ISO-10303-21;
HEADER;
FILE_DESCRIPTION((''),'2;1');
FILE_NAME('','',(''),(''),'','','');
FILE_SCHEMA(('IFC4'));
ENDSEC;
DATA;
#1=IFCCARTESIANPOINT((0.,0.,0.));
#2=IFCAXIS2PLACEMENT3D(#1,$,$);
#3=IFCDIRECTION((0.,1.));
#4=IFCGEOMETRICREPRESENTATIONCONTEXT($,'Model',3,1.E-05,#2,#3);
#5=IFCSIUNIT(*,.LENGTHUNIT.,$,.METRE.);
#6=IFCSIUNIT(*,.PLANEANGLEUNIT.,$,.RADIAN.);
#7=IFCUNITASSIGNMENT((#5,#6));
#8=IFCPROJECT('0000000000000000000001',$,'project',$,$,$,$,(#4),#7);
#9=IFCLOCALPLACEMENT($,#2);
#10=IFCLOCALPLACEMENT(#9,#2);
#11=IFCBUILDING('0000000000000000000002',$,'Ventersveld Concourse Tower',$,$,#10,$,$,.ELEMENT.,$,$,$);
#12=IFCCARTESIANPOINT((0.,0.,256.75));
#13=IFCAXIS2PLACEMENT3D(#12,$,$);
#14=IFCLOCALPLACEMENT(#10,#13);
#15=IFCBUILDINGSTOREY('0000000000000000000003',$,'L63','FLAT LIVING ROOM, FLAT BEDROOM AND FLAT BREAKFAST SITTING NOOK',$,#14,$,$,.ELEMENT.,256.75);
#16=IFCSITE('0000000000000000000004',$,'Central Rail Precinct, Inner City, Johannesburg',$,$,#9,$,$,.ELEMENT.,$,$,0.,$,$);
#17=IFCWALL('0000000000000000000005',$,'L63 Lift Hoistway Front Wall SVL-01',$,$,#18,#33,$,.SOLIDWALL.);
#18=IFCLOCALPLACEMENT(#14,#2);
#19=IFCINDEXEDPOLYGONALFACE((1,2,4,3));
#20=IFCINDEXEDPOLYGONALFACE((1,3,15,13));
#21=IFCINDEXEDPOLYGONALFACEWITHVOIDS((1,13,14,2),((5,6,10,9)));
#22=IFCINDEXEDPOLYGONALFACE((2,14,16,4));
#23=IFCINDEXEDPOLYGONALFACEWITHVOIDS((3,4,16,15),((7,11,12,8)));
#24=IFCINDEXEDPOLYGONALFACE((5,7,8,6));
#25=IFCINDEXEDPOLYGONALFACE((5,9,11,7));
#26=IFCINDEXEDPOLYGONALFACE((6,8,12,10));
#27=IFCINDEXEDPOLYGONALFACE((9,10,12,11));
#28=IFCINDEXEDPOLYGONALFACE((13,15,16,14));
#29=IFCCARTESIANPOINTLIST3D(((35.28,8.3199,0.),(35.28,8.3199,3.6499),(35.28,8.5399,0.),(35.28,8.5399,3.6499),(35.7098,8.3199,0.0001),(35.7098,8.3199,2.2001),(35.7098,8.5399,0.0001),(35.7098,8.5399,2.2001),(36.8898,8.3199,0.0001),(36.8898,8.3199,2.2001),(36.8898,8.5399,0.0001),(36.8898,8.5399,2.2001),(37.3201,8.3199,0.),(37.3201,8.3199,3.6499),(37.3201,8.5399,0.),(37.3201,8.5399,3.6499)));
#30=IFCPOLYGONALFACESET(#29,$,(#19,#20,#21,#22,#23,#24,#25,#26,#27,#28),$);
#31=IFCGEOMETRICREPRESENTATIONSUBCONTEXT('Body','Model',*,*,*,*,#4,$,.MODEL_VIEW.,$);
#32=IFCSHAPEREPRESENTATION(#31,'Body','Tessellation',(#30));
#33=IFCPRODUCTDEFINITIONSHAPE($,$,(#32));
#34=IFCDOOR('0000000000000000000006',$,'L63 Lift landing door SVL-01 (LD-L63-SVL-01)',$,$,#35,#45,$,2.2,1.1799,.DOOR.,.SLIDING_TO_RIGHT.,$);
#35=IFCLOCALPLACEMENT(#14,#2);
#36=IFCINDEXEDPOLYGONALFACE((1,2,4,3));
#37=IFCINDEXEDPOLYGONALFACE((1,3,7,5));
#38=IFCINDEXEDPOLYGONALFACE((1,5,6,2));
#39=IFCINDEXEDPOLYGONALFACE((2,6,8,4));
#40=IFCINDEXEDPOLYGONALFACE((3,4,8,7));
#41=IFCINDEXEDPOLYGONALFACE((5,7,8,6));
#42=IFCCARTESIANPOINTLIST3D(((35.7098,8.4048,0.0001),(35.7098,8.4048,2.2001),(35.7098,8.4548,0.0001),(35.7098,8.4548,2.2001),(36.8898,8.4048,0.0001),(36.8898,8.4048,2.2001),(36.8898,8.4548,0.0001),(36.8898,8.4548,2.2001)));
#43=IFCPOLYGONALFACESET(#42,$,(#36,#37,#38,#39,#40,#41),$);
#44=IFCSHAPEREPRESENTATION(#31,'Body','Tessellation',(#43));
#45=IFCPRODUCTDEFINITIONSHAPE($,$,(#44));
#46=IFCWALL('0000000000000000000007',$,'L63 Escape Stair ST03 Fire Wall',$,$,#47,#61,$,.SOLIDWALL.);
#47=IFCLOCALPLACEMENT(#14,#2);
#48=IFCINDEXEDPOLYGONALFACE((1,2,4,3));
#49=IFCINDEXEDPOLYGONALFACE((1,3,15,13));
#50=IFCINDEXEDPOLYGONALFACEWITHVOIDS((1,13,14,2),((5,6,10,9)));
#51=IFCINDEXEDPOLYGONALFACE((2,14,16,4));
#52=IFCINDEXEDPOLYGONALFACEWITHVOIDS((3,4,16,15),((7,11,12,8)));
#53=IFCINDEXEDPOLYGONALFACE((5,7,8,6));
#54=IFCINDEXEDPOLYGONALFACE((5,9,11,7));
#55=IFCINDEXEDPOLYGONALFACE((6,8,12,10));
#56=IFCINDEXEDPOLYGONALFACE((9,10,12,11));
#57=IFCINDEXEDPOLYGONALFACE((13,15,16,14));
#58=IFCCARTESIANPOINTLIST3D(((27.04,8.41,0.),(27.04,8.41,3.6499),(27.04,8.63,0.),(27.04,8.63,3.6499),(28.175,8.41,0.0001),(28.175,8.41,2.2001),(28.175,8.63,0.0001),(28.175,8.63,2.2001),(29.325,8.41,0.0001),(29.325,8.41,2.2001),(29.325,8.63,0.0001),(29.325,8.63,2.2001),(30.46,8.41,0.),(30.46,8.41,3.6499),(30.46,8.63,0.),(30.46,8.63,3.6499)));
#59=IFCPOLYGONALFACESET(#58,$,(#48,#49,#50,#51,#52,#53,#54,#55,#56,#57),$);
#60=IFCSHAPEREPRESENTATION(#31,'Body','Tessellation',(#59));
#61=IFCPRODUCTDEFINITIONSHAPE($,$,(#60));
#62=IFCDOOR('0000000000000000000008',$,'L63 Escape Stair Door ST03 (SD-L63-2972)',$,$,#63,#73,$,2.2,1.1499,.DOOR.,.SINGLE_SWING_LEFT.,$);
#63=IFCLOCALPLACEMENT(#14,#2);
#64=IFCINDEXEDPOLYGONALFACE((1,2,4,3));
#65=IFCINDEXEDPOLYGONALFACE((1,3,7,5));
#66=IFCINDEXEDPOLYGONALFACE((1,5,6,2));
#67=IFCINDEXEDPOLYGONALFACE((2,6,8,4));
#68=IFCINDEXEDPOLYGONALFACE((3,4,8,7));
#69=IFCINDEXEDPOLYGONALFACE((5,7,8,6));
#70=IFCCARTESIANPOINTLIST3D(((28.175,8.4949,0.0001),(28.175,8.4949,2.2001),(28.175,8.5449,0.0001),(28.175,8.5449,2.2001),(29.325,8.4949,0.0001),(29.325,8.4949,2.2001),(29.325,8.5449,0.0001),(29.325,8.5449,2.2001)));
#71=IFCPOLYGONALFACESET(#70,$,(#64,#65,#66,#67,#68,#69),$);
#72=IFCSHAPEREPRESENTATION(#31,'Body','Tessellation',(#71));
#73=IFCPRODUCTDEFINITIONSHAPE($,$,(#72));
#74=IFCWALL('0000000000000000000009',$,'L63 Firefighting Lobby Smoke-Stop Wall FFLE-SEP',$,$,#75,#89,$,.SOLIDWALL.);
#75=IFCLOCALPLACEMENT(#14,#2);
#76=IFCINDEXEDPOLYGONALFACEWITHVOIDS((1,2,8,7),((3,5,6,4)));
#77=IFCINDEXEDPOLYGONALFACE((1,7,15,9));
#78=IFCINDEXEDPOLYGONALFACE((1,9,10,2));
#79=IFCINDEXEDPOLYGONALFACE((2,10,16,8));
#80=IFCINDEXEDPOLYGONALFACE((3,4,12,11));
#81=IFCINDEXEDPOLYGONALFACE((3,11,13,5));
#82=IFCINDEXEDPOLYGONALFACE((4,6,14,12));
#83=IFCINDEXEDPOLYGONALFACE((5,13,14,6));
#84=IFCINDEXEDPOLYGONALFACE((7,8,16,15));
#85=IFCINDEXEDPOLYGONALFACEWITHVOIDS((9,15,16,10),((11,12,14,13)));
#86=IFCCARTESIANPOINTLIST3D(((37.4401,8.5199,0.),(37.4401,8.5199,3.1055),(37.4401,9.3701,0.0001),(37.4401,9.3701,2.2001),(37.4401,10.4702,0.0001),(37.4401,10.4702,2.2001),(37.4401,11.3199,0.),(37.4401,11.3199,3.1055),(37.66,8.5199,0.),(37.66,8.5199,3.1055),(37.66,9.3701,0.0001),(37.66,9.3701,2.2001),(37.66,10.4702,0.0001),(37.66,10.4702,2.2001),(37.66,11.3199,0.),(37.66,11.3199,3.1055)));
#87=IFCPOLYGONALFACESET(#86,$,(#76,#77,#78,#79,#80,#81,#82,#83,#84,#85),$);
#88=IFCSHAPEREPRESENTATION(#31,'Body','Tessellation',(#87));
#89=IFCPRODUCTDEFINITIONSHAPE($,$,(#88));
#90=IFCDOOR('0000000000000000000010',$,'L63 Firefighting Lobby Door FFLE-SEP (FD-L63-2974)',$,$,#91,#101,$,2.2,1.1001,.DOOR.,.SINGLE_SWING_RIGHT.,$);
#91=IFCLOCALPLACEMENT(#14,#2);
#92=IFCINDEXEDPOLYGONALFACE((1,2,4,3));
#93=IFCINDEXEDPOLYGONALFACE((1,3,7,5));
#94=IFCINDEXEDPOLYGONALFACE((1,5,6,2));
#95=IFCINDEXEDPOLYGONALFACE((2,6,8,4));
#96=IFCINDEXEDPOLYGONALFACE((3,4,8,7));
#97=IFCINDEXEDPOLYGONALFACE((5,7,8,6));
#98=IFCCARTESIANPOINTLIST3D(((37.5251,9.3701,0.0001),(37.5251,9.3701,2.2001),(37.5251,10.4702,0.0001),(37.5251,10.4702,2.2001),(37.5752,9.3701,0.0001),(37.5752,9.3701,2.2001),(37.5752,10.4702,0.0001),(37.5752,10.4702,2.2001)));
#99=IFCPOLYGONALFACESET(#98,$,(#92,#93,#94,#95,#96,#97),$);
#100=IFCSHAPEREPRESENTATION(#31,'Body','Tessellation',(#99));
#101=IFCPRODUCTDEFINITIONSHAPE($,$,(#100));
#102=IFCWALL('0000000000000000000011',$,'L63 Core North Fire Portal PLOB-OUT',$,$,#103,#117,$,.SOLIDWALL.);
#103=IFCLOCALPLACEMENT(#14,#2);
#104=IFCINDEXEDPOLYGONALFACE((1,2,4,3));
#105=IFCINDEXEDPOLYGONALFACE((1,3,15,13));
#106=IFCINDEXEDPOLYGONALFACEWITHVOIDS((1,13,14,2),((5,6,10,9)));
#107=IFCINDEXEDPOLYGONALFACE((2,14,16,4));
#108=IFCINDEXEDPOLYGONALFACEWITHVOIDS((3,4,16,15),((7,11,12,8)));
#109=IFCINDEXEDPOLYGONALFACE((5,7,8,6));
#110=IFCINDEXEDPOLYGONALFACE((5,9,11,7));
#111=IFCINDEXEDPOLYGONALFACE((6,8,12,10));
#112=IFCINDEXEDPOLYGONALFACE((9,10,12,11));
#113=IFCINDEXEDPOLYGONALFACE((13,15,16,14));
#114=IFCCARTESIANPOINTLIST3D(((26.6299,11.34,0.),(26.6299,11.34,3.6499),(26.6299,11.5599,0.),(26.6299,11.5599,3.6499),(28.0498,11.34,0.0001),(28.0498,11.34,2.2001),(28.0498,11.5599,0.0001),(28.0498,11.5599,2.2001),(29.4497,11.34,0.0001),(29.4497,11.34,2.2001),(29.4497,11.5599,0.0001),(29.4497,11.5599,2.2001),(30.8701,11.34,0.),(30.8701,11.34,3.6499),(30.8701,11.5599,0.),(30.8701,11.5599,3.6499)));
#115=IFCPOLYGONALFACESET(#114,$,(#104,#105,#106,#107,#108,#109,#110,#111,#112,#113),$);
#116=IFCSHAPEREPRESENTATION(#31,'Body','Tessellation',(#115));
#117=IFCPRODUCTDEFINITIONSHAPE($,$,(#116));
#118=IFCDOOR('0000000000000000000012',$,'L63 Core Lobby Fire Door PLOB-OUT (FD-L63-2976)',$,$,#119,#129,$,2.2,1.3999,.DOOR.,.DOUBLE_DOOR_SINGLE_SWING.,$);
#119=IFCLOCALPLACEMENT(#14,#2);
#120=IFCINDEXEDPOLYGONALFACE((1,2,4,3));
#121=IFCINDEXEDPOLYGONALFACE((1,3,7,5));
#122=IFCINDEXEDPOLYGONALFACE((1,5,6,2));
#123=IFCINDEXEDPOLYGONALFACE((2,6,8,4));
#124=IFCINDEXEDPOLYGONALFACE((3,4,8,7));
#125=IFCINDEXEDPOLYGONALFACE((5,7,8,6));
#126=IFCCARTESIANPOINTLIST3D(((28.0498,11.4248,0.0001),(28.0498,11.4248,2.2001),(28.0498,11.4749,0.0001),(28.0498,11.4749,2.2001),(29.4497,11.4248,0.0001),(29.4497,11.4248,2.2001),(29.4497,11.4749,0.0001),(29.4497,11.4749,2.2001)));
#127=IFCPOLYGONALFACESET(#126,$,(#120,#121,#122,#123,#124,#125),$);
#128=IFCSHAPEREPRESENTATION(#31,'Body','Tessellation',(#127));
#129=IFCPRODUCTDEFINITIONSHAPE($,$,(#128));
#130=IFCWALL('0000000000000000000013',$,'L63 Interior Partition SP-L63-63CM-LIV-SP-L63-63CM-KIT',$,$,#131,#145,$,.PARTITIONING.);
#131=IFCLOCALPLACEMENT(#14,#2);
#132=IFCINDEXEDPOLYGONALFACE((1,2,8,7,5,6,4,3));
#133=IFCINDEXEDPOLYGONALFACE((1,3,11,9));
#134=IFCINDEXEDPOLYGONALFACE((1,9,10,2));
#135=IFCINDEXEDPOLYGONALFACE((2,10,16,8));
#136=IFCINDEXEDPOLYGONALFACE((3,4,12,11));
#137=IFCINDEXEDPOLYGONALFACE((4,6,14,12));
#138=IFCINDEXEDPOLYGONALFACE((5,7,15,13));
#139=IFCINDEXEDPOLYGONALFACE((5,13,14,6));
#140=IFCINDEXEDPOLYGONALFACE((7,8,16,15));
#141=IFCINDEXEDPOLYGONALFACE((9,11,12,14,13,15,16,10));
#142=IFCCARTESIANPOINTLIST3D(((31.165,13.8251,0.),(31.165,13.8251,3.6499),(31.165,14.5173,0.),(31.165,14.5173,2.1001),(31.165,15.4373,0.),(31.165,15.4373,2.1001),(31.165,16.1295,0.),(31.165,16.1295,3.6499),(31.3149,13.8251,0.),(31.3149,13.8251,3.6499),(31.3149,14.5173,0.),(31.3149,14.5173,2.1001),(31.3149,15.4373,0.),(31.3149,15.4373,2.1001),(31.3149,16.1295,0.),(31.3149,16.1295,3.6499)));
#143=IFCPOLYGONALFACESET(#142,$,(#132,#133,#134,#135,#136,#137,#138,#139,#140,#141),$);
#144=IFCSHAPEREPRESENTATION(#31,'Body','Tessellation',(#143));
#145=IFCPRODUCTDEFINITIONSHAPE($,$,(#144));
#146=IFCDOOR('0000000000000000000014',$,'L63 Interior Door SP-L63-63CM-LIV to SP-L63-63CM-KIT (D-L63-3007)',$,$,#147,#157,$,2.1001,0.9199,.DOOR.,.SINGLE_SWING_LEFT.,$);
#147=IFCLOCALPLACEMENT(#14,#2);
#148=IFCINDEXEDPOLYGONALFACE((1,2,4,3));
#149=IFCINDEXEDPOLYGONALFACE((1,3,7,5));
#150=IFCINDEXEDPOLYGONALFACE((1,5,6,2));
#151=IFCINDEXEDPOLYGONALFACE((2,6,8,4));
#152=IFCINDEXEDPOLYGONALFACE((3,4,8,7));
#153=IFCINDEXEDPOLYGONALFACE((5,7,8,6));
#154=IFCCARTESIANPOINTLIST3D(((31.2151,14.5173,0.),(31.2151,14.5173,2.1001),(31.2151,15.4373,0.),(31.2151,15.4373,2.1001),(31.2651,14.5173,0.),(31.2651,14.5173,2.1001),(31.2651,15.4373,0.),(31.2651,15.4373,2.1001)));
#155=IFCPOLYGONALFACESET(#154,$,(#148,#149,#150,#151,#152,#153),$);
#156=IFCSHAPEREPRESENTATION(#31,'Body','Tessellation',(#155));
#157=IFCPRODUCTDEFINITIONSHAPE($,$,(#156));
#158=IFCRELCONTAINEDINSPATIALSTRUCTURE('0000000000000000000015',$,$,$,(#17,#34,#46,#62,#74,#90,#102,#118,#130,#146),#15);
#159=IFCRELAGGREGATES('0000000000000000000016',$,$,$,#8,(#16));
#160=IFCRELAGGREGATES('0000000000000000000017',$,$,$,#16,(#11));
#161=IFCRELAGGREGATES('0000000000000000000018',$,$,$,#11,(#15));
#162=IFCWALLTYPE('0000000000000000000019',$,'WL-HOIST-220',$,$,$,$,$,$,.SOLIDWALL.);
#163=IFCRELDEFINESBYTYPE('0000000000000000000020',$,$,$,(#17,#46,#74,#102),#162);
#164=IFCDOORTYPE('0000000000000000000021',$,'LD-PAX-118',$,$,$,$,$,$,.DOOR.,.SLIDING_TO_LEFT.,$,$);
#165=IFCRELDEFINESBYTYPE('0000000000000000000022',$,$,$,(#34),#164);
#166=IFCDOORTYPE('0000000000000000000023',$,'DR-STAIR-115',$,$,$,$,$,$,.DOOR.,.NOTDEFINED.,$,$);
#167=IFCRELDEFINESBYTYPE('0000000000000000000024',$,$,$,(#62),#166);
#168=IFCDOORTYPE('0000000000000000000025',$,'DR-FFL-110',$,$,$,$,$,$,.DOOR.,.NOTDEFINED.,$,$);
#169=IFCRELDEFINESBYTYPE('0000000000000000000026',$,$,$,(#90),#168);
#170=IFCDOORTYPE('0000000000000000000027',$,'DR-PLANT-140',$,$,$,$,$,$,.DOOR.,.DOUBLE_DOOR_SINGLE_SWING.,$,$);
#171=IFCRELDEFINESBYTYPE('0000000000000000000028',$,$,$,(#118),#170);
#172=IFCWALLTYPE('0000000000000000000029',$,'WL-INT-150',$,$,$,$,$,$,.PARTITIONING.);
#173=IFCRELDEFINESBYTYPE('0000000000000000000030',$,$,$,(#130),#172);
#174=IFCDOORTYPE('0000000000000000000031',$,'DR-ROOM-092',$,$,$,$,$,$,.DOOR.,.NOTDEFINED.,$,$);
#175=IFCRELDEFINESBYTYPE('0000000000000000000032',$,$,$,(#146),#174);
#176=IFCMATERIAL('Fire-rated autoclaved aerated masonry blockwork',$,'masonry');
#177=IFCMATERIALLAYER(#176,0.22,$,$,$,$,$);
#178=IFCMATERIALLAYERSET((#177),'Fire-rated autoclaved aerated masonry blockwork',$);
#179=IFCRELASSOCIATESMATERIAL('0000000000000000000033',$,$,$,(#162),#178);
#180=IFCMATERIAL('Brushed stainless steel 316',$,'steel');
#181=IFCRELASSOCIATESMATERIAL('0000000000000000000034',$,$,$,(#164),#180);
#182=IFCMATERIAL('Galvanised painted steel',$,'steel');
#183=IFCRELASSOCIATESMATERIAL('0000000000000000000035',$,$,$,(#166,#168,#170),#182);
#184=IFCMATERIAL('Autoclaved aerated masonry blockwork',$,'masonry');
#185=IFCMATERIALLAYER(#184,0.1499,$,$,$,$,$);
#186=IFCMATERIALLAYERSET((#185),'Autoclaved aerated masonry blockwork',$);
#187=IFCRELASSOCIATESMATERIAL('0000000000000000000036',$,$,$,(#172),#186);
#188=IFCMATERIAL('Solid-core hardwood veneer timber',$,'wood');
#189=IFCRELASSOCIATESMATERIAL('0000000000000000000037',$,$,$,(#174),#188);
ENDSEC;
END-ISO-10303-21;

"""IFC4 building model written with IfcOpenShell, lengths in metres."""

from ifc_helpers import new_model, si_unit, direction, frame, frame_2d, origin, place, context, subcontext, project, spatial, rectangle, extrude, material, layer, layer_set, type_object, element, fill, save


model = new_model("IFC4")

# Units and contexts
model_context = context("Model", 3, precision=1e-05, world=origin(), true_north=direction((0.0, 1.0)))
body_context = subcontext(model_context, "Body", "Model", "MODEL_VIEW")
ifc_project = project(units=[si_unit("LENGTHUNIT", "METRE"), si_unit("PLANEANGLEUNIT", "RADIAN")], contexts=[model_context])

# Site, building, storey
site_placement = place(None, origin())
site = spatial("IfcSite", under=ifc_project, at=site_placement, Name="Central Rail Precinct, Inner City, Johannesburg", CompositionType="ELEMENT", RefElevation=0.0)
building_placement = place(site_placement, origin())
building = spatial("IfcBuilding", under=site, at=building_placement, Name="Ventersveld Concourse Tower", CompositionType="ELEMENT")
storey_placement = place(building_placement, frame((0.0, 0.0, 256.75)))
storey = spatial("IfcBuildingStorey", under=building, at=storey_placement, Name="L63", Description="FLAT LIVING ROOM, FLAT BEDROOM AND FLAT BREAKFAST SITTING NOOK", CompositionType="ELEMENT", Elevation=256.75)

# Shared definitions
ifc_material_1 = material(Name="Fire-rated autoclaved aerated masonry blockwork", Category="masonry")

# Walls, openings, doors
ifc_layer_1 = layer(ifc_material_1, 0.22)
ifc_layer_set_1 = layer_set([ifc_layer_1], Name="Fire-rated autoclaved aerated masonry blockwork")
wall_type_1 = type_object("IfcWallType", Name="WL-HOIST-220", PredefinedType="SOLIDWALL", material=ifc_layer_set_1)
wall_1_placement = place(storey_placement, frame((35.28, 8.4299, 0.0), z_axis=(0.0, 0.0, 1.0), x_axis=(1.0, 0.0, 0.0)))
wall_1 = element("IfcWall", 1, at=wall_1_placement, inside=storey, type_object=wall_type_1, Name="L63 Lift Hoistway Front Wall SVL-01", PredefinedType="SOLIDWALL", context=body_context, shape_type="SweptSolid", body=[
    extrude(rectangle(XDim=2.04, YDim=0.22, at=frame_2d((1.02, 0.0))), origin(), (0.0, 0.0, 1.0), 3.6499),
])
opening_1_placement = place(wall_1_placement, frame((0.4299, 0.0, 0.0)))
opening_1 = element("IfcOpeningElement", 2, at=opening_1_placement, cuts=wall_1, PredefinedType="OPENING", context=body_context, shape_type="SweptSolid", body=[
    extrude(rectangle(XDim=1.1799, YDim=2.2, at=frame_2d((0.5898, 1.1001))), frame((0.0, 0.1201, 0.0), z_axis=(0.0, -1.0, 0.0), x_axis=(1.0, 0.0, 0.0)), (0.0, 0.0, 1.0), 0.24),
])
ifc_material_2 = material(Name="Brushed stainless steel 316", Category="steel")
door_type_1 = type_object("IfcDoorType", Name="LD-PAX-118", OperationType="SLIDING_TO_LEFT", PredefinedType="DOOR", material=ifc_material_2)
door_1_placement = place(opening_1_placement, origin())
door_1 = element("IfcDoor", 3, at=door_1_placement, inside=storey, type_object=door_type_1, Name="L63 Lift landing door SVL-01 (LD-L63-SVL-01)", OperationType="SLIDING_TO_RIGHT", OverallHeight=2.2, OverallWidth=1.1799, PredefinedType="DOOR", context=body_context, shape_type="SweptSolid", body=[
    extrude(rectangle(XDim=1.1799, YDim=2.2, at=frame_2d((0.5898, 1.1001))), frame((0.0, 0.0249, 0.0), z_axis=(0.0, -1.0, 0.0), x_axis=(1.0, 0.0, 0.0)), (0.0, 0.0, 1.0), 0.05),
])
fill(opening_1, door_1)
wall_2_placement = place(storey_placement, frame((27.04, 8.52, 0.0), z_axis=(0.0, 0.0, 1.0), x_axis=(1.0, 0.0, 0.0)))
wall_2 = element("IfcWall", 4, at=wall_2_placement, inside=storey, type_object=wall_type_1, Name="L63 Escape Stair ST03 Fire Wall", PredefinedType="SOLIDWALL", context=body_context, shape_type="SweptSolid", body=[
    extrude(rectangle(XDim=3.4199, YDim=0.22, at=frame_2d((1.71, 0.0))), origin(), (0.0, 0.0, 1.0), 3.6499),
])
opening_2_placement = place(wall_2_placement, frame((1.135, 0.0, 0.0)))
opening_2 = element("IfcOpeningElement", 5, at=opening_2_placement, cuts=wall_2, PredefinedType="OPENING", context=body_context, shape_type="SweptSolid", body=[
    extrude(rectangle(XDim=1.1499, YDim=2.2, at=frame_2d((0.575, 1.1001))), frame((0.0, 0.1201, 0.0), z_axis=(0.0, -1.0, 0.0), x_axis=(1.0, 0.0, 0.0)), (0.0, 0.0, 1.0), 0.24),
])
ifc_material_3 = material(Name="Galvanised painted steel", Category="steel")
door_type_2 = type_object("IfcDoorType", Name="DR-STAIR-115", OperationType="NOTDEFINED", PredefinedType="DOOR", material=ifc_material_3)
door_2_placement = place(opening_2_placement, origin())
door_2 = element("IfcDoor", 6, at=door_2_placement, inside=storey, type_object=door_type_2, Name="L63 Escape Stair Door ST03 (SD-L63-2972)", OperationType="SINGLE_SWING_LEFT", OverallHeight=2.2, OverallWidth=1.1499, PredefinedType="DOOR", context=body_context, shape_type="SweptSolid", body=[
    extrude(rectangle(XDim=1.1499, YDim=2.2, at=frame_2d((0.575, 1.1001))), frame((0.0, 0.0249, 0.0), z_axis=(0.0, -1.0, 0.0), x_axis=(1.0, 0.0, 0.0)), (0.0, 0.0, 1.0), 0.05),
])
fill(opening_2, door_2)
wall_3_placement = place(storey_placement, frame((37.55, 8.52, 0.0), z_axis=(0.0, 0.0, 1.0), x_axis=(0.0, 1.0, 0.0)))
wall_3 = element("IfcWall", 7, at=wall_3_placement, inside=storey, type_object=wall_type_1, Name="L63 Firefighting Lobby Smoke-Stop Wall FFLE-SEP", PredefinedType="SOLIDWALL", context=body_context, shape_type="SweptSolid", body=[
    extrude(rectangle(XDim=2.8, YDim=0.22, at=frame_2d((1.3999, 0.0))), origin(), (0.0, 0.0, 1.0), 3.1055),
])
opening_3_placement = place(wall_3_placement, frame((0.8501, 0.0, 0.0)))
opening_3 = element("IfcOpeningElement", 8, at=opening_3_placement, cuts=wall_3, PredefinedType="OPENING", context=body_context, shape_type="SweptSolid", body=[
    extrude(rectangle(XDim=1.1001, YDim=2.2, at=frame_2d((0.55, 1.1001))), frame((0.0, 0.1201, 0.0), z_axis=(0.0, -1.0, 0.0), x_axis=(1.0, 0.0, 0.0)), (0.0, 0.0, 1.0), 0.24),
])
door_type_3 = type_object("IfcDoorType", Name="DR-FFL-110", OperationType="NOTDEFINED", PredefinedType="DOOR", material=ifc_material_3)
door_3_placement = place(opening_3_placement, origin())
door_3 = element("IfcDoor", 9, at=door_3_placement, inside=storey, type_object=door_type_3, Name="L63 Firefighting Lobby Door FFLE-SEP (FD-L63-2974)", OperationType="SINGLE_SWING_RIGHT", OverallHeight=2.2, OverallWidth=1.1001, PredefinedType="DOOR", context=body_context, shape_type="SweptSolid", body=[
    extrude(rectangle(XDim=1.1001, YDim=2.2, at=frame_2d((0.55, 1.1001))), frame((0.0, 0.0249, 0.0), z_axis=(0.0, -1.0, 0.0), x_axis=(1.0, 0.0, 0.0)), (0.0, 0.0, 1.0), 0.05),
])
fill(opening_3, door_3)
wall_4_placement = place(storey_placement, frame((26.6299, 11.45, 0.0), z_axis=(0.0, 0.0, 1.0), x_axis=(1.0, 0.0, 0.0)))
wall_4 = element("IfcWall", 10, at=wall_4_placement, inside=storey, type_object=wall_type_1, Name="L63 Core North Fire Portal PLOB-OUT", PredefinedType="SOLIDWALL", context=body_context, shape_type="SweptSolid", body=[
    extrude(rectangle(XDim=4.2402, YDim=0.22, at=frame_2d((2.1201, 0.0))), origin(), (0.0, 0.0, 1.0), 3.6499),
])
opening_4_placement = place(wall_4_placement, frame((1.4199, 0.0, 0.0)))
opening_4 = element("IfcOpeningElement", 11, at=opening_4_placement, cuts=wall_4, PredefinedType="OPENING", context=body_context, shape_type="SweptSolid", body=[
    extrude(rectangle(XDim=1.3999, YDim=2.2, at=frame_2d((0.7, 1.1001))), frame((0.0, 0.1201, 0.0), z_axis=(0.0, -1.0, 0.0), x_axis=(1.0, 0.0, 0.0)), (0.0, 0.0, 1.0), 0.24),
])
door_type_4 = type_object("IfcDoorType", Name="DR-PLANT-140", OperationType="DOUBLE_DOOR_SINGLE_SWING", PredefinedType="DOOR", material=ifc_material_3)
door_4_placement = place(opening_4_placement, origin())
door_4 = element("IfcDoor", 12, at=door_4_placement, inside=storey, type_object=door_type_4, Name="L63 Core Lobby Fire Door PLOB-OUT (FD-L63-2976)", OperationType="DOUBLE_DOOR_SINGLE_SWING", OverallHeight=2.2, OverallWidth=1.3999, PredefinedType="DOOR", context=body_context, shape_type="SweptSolid", body=[
    extrude(rectangle(XDim=1.3999, YDim=2.2, at=frame_2d((0.7, 1.1001))), frame((0.0, 0.0249, 0.0), z_axis=(0.0, -1.0, 0.0), x_axis=(1.0, 0.0, 0.0)), (0.0, 0.0, 1.0), 0.05),
])
fill(opening_4, door_4)
ifc_material_4 = material(Name="Autoclaved aerated masonry blockwork", Category="masonry")
ifc_layer_2 = layer(ifc_material_4, 0.1499)
ifc_layer_set_2 = layer_set([ifc_layer_2], Name="Autoclaved aerated masonry blockwork")
wall_type_2 = type_object("IfcWallType", Name="WL-INT-150", PredefinedType="PARTITIONING", material=ifc_layer_set_2)
wall_5_placement = place(storey_placement, frame((31.24, 13.825, 0.0), z_axis=(0.0, 0.0, 1.0), x_axis=(0.0, 1.0, 0.0)))
wall_5 = element("IfcWall", 13, at=wall_5_placement, inside=storey, type_object=wall_type_2, Name="L63 Interior Partition SP-L63-63CM-LIV-SP-L63-63CM-KIT", PredefinedType="PARTITIONING", context=body_context, shape_type="SweptSolid", body=[
    extrude(rectangle(XDim=2.3044, YDim=0.1499, at=frame_2d((1.1523, 0.0))), origin(), (0.0, 0.0, 1.0), 3.6499),
])
opening_5_placement = place(wall_5_placement, frame((0.6924, 0.0, 0.0)))
opening_5 = element("IfcOpeningElement", 14, at=opening_5_placement, cuts=wall_5, PredefinedType="OPENING", context=body_context, shape_type="SweptSolid", body=[
    extrude(rectangle(XDim=0.9199, YDim=2.1001, at=frame_2d((0.46, 1.05))), frame((0.0, 0.085, 0.0), z_axis=(0.0, -1.0, 0.0), x_axis=(1.0, 0.0, 0.0)), (0.0, 0.0, 1.0), 0.1699),
])
ifc_material_5 = material(Name="Solid-core hardwood veneer timber", Category="wood")
door_type_5 = type_object("IfcDoorType", Name="DR-ROOM-092", OperationType="NOTDEFINED", PredefinedType="DOOR", material=ifc_material_5)
door_5_placement = place(opening_5_placement, origin())
door_5 = element("IfcDoor", 15, at=door_5_placement, inside=storey, type_object=door_type_5, Name="L63 Interior Door SP-L63-63CM-LIV to SP-L63-63CM-KIT (D-L63-3007)", OperationType="SINGLE_SWING_LEFT", OverallHeight=2.1001, OverallWidth=0.9199, PredefinedType="DOOR", context=body_context, shape_type="SweptSolid", body=[
    extrude(rectangle(XDim=0.9199, YDim=2.1001, at=frame_2d((0.46, 1.05))), frame((0.0, 0.0249, 0.0), z_axis=(0.0, -1.0, 0.0), x_axis=(1.0, 0.0, 0.0)), (0.0, 0.0, 1.0), 0.05),
])
fill(opening_5, door_5)

save(model, "model.ifc")
